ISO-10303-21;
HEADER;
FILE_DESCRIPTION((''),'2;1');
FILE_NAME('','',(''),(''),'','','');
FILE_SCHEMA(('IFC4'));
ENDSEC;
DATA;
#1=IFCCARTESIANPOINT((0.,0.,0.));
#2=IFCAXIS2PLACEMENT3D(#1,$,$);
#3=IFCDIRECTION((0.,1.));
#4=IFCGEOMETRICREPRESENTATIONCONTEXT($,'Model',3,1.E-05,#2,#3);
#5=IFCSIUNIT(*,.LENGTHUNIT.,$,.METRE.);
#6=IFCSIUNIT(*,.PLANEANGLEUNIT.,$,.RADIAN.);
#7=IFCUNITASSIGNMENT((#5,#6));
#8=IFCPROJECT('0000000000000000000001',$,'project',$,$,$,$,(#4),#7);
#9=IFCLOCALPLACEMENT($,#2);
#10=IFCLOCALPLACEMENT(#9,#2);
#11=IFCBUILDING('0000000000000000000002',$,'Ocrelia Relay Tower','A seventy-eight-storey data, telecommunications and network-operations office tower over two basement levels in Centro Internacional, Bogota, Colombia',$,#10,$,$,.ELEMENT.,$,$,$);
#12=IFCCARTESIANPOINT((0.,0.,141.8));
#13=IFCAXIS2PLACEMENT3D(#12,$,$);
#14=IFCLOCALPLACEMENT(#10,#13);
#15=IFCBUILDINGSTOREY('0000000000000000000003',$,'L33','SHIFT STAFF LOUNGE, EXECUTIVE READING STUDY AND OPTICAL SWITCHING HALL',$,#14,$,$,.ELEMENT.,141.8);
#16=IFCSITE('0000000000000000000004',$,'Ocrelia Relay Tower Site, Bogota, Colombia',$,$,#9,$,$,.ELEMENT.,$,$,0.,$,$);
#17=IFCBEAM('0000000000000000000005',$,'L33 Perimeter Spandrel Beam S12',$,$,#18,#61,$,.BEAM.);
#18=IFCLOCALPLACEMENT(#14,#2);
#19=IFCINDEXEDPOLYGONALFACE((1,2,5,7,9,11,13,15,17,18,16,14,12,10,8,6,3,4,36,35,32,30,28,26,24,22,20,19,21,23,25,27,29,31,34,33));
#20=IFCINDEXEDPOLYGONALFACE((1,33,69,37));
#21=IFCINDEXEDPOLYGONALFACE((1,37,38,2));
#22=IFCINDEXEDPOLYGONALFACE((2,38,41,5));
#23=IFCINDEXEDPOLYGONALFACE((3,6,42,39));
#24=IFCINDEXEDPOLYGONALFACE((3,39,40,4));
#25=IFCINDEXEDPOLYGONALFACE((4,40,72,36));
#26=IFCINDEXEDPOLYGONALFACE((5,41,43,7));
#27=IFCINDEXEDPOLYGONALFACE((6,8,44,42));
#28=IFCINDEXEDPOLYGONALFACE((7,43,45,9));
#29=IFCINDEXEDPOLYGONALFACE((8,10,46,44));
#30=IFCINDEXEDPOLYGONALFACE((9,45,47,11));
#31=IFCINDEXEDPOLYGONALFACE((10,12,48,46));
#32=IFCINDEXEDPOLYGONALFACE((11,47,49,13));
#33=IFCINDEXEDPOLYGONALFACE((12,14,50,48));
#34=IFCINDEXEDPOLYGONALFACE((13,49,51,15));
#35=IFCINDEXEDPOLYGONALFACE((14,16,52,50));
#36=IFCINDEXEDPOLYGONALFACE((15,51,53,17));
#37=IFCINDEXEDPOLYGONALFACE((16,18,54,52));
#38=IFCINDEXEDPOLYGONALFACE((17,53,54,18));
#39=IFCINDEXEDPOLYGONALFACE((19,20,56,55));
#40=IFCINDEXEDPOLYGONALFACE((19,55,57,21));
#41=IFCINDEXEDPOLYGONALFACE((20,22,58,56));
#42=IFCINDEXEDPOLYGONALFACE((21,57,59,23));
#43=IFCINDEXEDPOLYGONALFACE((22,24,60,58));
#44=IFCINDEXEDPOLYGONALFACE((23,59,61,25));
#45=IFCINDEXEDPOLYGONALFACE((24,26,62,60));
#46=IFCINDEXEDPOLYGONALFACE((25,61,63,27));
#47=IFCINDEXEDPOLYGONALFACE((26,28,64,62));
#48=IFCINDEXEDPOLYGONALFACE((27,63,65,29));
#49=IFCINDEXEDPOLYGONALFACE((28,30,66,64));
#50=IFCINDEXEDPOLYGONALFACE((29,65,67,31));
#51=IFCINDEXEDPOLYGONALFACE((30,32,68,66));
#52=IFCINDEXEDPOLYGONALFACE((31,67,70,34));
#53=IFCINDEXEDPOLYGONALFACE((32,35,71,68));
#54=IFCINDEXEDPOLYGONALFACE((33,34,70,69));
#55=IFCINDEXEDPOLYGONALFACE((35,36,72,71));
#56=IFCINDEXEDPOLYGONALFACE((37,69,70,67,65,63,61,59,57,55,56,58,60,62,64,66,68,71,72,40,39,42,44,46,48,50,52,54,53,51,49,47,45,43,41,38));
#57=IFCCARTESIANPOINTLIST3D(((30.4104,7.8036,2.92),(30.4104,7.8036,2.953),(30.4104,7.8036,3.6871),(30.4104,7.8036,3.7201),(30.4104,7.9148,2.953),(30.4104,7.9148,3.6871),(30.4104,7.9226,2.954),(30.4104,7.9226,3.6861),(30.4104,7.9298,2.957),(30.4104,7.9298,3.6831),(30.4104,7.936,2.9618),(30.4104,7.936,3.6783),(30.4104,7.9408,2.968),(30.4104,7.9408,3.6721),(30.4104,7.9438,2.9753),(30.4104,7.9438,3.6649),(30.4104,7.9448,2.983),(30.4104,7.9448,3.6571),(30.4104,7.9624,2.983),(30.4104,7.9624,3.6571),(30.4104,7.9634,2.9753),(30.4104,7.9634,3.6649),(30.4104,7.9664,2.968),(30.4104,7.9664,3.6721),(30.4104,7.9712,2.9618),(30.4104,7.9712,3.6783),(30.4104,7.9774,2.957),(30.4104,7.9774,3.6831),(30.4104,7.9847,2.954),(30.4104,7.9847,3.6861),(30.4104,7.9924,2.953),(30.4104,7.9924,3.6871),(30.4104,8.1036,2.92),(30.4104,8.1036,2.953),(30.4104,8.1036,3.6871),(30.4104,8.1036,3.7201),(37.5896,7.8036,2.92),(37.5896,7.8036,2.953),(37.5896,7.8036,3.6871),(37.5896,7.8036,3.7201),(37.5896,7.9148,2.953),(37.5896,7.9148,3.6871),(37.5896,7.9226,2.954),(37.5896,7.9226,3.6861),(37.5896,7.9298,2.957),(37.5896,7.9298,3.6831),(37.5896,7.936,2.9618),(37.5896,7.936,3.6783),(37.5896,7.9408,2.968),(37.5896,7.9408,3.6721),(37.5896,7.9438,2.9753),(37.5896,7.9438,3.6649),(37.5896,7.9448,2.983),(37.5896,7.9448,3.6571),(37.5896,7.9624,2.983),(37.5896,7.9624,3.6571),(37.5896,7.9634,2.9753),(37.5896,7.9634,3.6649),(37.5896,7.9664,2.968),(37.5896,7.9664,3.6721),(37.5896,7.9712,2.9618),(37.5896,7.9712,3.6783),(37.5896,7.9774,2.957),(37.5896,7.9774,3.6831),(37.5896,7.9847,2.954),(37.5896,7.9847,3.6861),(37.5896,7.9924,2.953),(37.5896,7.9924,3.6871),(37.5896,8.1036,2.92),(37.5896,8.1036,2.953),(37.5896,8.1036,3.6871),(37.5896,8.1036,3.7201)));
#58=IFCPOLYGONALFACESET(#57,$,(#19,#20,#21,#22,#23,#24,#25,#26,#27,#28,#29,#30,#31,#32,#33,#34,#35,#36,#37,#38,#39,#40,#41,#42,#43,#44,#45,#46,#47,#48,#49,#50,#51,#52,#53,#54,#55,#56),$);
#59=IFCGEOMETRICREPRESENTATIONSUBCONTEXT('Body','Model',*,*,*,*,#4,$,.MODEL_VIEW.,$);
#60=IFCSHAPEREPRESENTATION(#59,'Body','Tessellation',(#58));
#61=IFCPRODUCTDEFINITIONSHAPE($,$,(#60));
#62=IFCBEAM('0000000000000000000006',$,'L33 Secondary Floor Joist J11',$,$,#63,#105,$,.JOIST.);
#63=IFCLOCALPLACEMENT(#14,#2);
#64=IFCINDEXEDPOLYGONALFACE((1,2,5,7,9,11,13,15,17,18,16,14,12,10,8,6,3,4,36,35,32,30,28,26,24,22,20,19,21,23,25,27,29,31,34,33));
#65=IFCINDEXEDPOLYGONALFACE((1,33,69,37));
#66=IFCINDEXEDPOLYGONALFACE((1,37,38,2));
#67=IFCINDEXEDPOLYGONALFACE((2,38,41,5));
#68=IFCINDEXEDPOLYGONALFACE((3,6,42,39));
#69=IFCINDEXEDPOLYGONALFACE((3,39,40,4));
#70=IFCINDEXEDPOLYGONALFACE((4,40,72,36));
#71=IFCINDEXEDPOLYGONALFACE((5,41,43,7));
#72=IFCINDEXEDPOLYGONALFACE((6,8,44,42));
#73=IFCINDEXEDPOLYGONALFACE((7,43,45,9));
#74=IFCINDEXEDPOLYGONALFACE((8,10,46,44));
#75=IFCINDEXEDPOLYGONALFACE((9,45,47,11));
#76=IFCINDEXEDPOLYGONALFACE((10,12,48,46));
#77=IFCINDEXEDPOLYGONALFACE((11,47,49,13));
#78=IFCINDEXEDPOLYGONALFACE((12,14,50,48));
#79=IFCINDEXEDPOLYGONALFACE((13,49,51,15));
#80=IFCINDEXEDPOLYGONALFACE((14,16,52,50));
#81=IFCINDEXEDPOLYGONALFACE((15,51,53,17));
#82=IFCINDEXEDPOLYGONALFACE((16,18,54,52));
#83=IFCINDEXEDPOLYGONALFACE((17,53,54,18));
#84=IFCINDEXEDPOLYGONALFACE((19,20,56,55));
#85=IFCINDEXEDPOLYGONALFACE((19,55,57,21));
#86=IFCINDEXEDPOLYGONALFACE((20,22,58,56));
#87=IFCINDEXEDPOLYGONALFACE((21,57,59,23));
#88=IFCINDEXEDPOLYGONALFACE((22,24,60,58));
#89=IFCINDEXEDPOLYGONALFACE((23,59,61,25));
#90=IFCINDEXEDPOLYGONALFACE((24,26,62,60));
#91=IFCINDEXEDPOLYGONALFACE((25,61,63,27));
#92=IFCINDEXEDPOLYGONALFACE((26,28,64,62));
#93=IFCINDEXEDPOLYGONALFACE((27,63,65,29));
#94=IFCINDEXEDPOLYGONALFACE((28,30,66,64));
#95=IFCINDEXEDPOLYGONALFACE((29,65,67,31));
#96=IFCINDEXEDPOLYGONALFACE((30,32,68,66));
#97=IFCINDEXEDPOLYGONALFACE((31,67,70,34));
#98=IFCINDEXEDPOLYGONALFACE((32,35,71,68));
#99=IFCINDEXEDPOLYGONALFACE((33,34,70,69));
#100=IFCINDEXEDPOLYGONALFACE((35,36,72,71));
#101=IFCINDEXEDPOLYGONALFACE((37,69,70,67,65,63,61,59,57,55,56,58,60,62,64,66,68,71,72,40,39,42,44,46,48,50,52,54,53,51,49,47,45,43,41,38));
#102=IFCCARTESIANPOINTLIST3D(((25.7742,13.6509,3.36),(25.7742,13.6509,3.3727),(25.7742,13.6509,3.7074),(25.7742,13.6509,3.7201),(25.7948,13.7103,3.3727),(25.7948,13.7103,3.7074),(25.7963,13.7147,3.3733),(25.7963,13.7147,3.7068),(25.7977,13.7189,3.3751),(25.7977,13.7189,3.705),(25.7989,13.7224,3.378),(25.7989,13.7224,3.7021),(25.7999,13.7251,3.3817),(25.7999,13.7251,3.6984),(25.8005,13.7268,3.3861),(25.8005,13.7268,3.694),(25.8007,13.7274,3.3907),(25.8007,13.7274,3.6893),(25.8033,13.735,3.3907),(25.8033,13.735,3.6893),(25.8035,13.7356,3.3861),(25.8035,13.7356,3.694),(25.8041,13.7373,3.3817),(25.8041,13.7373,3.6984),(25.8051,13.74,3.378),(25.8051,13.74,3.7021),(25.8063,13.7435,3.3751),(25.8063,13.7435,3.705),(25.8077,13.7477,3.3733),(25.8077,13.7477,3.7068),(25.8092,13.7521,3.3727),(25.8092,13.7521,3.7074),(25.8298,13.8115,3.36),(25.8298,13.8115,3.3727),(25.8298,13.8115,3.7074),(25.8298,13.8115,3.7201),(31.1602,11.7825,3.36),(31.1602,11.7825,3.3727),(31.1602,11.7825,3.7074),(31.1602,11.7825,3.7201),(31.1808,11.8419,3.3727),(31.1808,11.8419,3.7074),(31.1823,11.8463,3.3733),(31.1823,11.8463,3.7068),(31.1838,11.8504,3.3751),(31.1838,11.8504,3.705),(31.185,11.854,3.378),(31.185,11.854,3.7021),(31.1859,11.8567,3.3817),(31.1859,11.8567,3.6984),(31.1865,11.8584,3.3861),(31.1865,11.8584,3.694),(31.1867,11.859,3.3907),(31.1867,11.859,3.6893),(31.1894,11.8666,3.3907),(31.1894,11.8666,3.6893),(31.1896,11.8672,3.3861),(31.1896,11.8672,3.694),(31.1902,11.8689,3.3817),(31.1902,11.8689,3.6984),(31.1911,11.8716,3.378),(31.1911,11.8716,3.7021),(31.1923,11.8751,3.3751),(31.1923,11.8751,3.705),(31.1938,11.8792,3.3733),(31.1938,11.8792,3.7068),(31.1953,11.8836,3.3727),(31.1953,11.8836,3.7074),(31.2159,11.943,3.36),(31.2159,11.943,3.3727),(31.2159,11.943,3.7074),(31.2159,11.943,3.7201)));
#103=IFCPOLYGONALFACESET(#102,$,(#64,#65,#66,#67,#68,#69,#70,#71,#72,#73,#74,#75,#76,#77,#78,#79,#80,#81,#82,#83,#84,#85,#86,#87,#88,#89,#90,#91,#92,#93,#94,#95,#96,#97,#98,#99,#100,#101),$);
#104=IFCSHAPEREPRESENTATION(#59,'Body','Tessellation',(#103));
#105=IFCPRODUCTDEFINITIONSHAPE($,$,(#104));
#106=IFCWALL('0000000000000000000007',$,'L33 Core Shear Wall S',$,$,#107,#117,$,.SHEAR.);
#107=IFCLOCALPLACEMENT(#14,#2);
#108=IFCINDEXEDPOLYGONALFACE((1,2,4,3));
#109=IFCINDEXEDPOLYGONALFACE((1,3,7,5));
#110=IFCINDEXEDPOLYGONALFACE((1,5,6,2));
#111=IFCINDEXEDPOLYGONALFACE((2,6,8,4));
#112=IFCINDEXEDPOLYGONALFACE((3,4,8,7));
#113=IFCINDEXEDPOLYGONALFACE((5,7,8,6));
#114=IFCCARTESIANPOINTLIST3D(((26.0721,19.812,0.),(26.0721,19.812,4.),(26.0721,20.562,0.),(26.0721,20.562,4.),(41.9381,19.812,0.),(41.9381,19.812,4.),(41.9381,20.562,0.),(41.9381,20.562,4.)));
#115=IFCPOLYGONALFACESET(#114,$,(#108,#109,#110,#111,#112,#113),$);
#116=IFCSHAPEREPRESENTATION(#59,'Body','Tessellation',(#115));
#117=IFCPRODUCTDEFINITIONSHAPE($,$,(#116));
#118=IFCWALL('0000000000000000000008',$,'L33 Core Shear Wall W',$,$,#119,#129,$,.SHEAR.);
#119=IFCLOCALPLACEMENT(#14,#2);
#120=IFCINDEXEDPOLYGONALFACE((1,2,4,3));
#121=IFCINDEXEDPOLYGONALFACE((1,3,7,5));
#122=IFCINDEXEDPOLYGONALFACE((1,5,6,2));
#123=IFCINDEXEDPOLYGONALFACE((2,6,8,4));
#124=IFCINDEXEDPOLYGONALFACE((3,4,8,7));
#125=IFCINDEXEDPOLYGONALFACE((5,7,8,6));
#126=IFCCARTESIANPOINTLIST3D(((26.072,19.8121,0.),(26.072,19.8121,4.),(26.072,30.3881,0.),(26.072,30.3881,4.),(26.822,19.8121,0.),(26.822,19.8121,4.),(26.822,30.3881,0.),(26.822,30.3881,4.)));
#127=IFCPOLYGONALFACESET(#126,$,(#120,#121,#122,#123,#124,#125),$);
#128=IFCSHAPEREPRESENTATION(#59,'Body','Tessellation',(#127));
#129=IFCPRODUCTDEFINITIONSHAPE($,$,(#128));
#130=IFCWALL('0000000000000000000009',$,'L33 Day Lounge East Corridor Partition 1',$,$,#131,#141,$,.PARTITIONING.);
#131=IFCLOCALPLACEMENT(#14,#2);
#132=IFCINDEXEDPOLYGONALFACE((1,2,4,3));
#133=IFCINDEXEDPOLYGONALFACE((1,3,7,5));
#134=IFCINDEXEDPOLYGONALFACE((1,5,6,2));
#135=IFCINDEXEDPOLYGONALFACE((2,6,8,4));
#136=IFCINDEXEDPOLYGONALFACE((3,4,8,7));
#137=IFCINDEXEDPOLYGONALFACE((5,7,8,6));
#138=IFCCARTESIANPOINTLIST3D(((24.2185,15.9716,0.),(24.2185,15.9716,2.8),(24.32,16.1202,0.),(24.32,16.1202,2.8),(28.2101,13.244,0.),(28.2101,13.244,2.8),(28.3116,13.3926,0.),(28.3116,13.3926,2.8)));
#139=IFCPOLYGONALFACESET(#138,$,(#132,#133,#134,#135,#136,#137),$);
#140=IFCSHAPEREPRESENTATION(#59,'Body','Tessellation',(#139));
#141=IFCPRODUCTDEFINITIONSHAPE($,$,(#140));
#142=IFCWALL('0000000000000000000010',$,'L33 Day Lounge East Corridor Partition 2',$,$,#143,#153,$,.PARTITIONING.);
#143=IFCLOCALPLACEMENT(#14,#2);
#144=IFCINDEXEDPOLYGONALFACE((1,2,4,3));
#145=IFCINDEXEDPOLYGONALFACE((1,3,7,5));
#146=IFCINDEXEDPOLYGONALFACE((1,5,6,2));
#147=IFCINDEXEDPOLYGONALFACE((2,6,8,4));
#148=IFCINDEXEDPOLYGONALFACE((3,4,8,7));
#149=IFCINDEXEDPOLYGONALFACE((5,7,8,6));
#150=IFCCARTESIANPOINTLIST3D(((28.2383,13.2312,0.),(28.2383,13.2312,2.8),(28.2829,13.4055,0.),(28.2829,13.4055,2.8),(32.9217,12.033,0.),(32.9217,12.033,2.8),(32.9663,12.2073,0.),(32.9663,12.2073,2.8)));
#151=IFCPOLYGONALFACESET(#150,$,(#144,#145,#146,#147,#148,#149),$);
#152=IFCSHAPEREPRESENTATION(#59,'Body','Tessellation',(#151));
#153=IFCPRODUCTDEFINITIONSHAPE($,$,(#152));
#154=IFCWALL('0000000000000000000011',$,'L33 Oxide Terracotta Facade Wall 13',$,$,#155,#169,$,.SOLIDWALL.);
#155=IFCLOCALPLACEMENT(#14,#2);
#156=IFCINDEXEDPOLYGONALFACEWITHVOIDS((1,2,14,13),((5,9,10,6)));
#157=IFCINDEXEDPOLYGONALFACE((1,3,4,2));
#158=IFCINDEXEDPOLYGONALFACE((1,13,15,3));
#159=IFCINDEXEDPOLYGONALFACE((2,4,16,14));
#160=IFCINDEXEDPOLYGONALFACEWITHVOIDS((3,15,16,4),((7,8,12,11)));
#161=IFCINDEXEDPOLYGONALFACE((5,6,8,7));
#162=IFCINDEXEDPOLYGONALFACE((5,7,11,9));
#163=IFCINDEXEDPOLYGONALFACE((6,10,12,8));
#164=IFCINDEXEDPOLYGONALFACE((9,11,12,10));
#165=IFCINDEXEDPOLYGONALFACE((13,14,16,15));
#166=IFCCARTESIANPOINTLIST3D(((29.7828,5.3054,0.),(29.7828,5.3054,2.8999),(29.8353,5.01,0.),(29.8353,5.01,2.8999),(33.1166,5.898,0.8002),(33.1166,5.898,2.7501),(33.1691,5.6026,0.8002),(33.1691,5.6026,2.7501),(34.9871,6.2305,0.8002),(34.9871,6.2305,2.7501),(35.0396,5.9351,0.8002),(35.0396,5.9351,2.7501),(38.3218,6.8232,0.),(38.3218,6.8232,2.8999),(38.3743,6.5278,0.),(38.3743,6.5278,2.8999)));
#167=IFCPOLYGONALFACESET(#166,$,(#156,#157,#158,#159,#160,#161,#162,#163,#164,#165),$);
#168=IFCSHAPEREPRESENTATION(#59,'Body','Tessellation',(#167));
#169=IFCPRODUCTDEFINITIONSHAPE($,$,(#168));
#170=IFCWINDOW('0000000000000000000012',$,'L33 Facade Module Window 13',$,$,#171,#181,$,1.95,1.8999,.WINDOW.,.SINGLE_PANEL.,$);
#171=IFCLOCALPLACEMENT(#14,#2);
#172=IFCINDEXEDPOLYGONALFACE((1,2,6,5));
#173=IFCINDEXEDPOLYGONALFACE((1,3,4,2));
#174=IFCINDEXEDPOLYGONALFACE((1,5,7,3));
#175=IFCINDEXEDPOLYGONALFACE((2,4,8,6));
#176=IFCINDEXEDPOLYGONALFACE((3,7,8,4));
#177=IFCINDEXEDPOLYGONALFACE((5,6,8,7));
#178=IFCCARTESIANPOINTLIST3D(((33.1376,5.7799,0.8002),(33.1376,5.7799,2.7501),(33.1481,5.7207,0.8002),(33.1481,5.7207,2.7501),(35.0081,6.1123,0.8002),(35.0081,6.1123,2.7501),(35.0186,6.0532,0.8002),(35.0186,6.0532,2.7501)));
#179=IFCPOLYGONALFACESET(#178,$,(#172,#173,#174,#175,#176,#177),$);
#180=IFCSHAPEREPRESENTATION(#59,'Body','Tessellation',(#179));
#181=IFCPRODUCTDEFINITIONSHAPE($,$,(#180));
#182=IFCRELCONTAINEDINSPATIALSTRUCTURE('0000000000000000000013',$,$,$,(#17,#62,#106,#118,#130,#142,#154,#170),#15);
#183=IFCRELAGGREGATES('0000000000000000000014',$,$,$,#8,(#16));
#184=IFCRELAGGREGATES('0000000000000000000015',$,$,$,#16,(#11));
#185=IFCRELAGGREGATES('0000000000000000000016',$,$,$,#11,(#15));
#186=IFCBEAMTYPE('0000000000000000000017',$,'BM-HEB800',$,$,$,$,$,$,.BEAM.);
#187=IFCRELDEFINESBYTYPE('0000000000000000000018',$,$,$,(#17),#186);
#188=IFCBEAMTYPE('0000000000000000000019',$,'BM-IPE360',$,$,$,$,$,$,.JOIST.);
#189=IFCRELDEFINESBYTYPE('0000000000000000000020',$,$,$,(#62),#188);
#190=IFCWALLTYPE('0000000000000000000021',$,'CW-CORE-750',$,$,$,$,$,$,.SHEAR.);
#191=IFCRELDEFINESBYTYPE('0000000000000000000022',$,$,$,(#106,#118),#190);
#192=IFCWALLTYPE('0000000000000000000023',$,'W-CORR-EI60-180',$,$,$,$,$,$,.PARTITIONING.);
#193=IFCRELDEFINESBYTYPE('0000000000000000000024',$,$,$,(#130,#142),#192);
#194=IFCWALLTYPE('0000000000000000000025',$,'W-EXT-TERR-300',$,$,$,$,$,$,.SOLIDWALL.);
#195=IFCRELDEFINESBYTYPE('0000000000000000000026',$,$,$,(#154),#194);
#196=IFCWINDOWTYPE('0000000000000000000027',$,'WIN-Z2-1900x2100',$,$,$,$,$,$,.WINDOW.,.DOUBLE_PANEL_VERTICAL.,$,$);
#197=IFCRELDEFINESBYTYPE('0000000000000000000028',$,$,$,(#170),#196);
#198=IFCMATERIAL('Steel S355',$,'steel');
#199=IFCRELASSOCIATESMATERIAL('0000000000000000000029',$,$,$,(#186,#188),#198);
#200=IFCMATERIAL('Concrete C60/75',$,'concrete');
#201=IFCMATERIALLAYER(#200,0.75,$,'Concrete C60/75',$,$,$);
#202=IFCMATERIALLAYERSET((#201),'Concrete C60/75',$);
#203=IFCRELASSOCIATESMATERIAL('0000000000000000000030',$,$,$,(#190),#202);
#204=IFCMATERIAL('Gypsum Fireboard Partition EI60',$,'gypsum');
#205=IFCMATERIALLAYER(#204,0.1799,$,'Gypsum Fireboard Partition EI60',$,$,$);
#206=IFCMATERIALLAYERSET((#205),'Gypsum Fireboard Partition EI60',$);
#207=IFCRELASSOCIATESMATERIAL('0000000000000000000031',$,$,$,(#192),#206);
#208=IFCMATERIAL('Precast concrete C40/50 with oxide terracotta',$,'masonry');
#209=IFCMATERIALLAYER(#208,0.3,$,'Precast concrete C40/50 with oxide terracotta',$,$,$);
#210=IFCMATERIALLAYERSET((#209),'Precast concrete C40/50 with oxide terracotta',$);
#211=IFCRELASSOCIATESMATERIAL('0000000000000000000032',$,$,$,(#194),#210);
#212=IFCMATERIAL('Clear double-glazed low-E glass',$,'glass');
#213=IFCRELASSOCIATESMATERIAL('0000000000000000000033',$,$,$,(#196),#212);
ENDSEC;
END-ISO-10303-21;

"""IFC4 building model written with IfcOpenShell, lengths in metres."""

from ifc_helpers import new_model, si_unit, direction, frame, frame_2d, origin, origin_2d, place, context, subcontext, project, spatial, rectangle, i_section, extrude, material, layer, layer_set, material_profile, profile_set, type_object, element, fill, save


model = new_model("IFC4")

# Units and contexts
model_context = context("Model", 3, precision=1e-05, world=origin(), true_north=direction((0.0, 1.0)))
body_context = subcontext(model_context, "Body", "Model", "MODEL_VIEW")
ifc_project = project(units=[si_unit("LENGTHUNIT", "METRE"), si_unit("PLANEANGLEUNIT", "RADIAN")], contexts=[model_context])

# Site, building, storey
site_placement = place(None, origin())
site = spatial("IfcSite", under=ifc_project, at=site_placement, Name="Ocrelia Relay Tower Site, Bogota, Colombia", CompositionType="ELEMENT", RefElevation=0.0)
building_placement = place(site_placement, origin())
building = spatial("IfcBuilding", under=site, at=building_placement, Name="Ocrelia Relay Tower", Description="A seventy-eight-storey data, telecommunications and network-operations office tower over two basement levels in Centro Internacional, Bogota, Colombia", CompositionType="ELEMENT")
storey_placement = place(building_placement, frame((0.0, 0.0, 141.8)))
storey = spatial("IfcBuildingStorey", under=building, at=storey_placement, Name="L33", Description="SHIFT STAFF LOUNGE, EXECUTIVE READING STUDY AND OPTICAL SWITCHING HALL", CompositionType="ELEMENT", Elevation=141.8)

# Shared definitions
ifc_material_1 = material(Name="Concrete C60/75", Category="concrete")

# Beams
ifc_material_2 = material(Name="Steel S355", Category="steel")
ifc_material_profile_1 = material_profile(ifc_material_2, i_section(OverallWidth=0.3, OverallDepth=0.8, WebThickness=0.0176, FlangeThickness=0.033, FilletRadius=0.03, at=origin_2d()), Name="HEB 800")
ifc_profile_set_1 = profile_set([ifc_material_profile_1], Name="Steel S355")
beam_type_1 = type_object("IfcBeamType", Name="BM-HEB800", PredefinedType="BEAM", material=ifc_profile_set_1)
for number, where, z_axis, x_axis, name in (
    (1, (30.4104, 7.9536, 3.3201), (1.0, 0.0, 0.0), (0.0, 1.0, 0.0), "L33 Perimeter Spandrel Beam S12"),
):
    element("IfcBeam", number, at=place(storey_placement, frame(where, z_axis=z_axis, x_axis=x_axis)), inside=storey, type_object=beam_type_1, Name=name, PredefinedType="BEAM", context=body_context, shape_type="SweptSolid", body=[
        extrude(i_section(OverallWidth=0.3, OverallDepth=0.8, WebThickness=0.0176, FlangeThickness=0.033, FilletRadius=0.03, at=origin_2d()), origin(), (0.0, 0.0, 1.0), 7.1792),
    ])
ifc_material_profile_2 = material_profile(ifc_material_2, i_section(OverallWidth=0.1699, OverallDepth=0.3601, WebThickness=0.0081, FlangeThickness=0.0127, FilletRadius=0.0181, at=origin_2d()), Name="IPE 360")
ifc_profile_set_2 = profile_set([ifc_material_profile_2], Name="Steel S355")
beam_type_2 = type_object("IfcBeamType", Name="BM-IPE360", PredefinedType="JOIST", material=ifc_profile_set_2)
beam_1_placement = place(storey_placement, frame((25.802, 13.7312, 3.54), z_axis=(0.944767, -0.327741, 0.0), x_axis=(0.327741, 0.944767, 0.0)))
element("IfcBeam", 2, at=beam_1_placement, inside=storey, type_object=beam_type_2, Name="L33 Secondary Floor Joist J11", PredefinedType="JOIST", context=body_context, shape_type="SweptSolid", body=[
    extrude(i_section(OverallWidth=0.1699, OverallDepth=0.3601, WebThickness=0.0081, FlangeThickness=0.0127, FilletRadius=0.0181, at=origin_2d()), origin(), (0.0, 0.0, 1.0), 5.7009),
])

# Walls
ifc_layer_1 = layer(ifc_material_1, 0.75, Name="Concrete C60/75")
ifc_layer_set_1 = layer_set([ifc_layer_1], Name="Concrete C60/75")
wall_type_1 = type_object("IfcWallType", Name="CW-CORE-750", PredefinedType="SHEAR", material=ifc_layer_set_1)
wall_1_placement = place(storey_placement, frame((26.072, 20.187, 0.0), z_axis=(0.0, 0.0, 1.0), x_axis=(1.0, 0.0, 0.0)))
element("IfcWall", 3, at=wall_1_placement, inside=storey, type_object=wall_type_1, Name="L33 Core Shear Wall S", PredefinedType="SHEAR", context=body_context, shape_type="SweptSolid", body=[
    extrude(rectangle(XDim=15.866, YDim=0.75, at=frame_2d((7.9331, 0.0))), origin(), (0.0, 0.0, 1.0), 4.0),
])
wall_2_placement = place(storey_placement, frame((26.447, 19.812, 0.0), z_axis=(0.0, 0.0, 1.0), x_axis=(0.0, 1.0, 0.0)))
element("IfcWall", 4, at=wall_2_placement, inside=storey, type_object=wall_type_1, Name="L33 Core Shear Wall W", PredefinedType="SHEAR", context=body_context, shape_type="SweptSolid", body=[
    extrude(rectangle(XDim=10.5759, YDim=0.75, at=frame_2d((5.2881, 0.0))), origin(), (0.0, 0.0, 1.0), 4.0),
])
ifc_material_3 = material(Name="Gypsum Fireboard Partition EI60", Category="gypsum")
ifc_layer_2 = layer(ifc_material_3, 0.1799, Name="Gypsum Fireboard Partition EI60")
ifc_layer_set_2 = layer_set([ifc_layer_2], Name="Gypsum Fireboard Partition EI60")
wall_type_2 = type_object("IfcWallType", Name="W-CORR-EI60-180", PredefinedType="PARTITIONING", material=ifc_layer_set_2)
wall_3_placement = place(storey_placement, frame((24.2693, 16.0459, 0.0), z_axis=(0.0, 0.0, 1.0), x_axis=(0.82564, -0.564197, 0.0)))
element("IfcWall", 5, at=wall_3_placement, inside=storey, type_object=wall_type_2, Name="L33 Day Lounge East Corridor Partition 1", PredefinedType="PARTITIONING", context=body_context, shape_type="SweptSolid", body=[
    extrude(rectangle(XDim=4.8345, YDim=0.1799, at=frame_2d((2.4172, 0.0))), origin(), (0.0, 0.0, 1.0), 2.8),
])
wall_4_placement = place(storey_placement, frame((28.2607, 13.3184, 0.0), z_axis=(0.0, 0.0, 1.0), x_axis=(0.968794, -0.247867, 0.0)))
element("IfcWall", 6, at=wall_4_placement, inside=storey, type_object=wall_type_2, Name="L33 Day Lounge East Corridor Partition 2", PredefinedType="PARTITIONING", context=body_context, shape_type="SweptSolid", body=[
    extrude(rectangle(XDim=4.8342, YDim=0.1799, at=frame_2d((2.417, 0.0))), origin(), (0.0, 0.0, 1.0), 2.8),
])

# Wall, opening, window
ifc_material_4 = material(Name="Precast concrete C40/50 with oxide terracotta", Category="masonry")
ifc_layer_3 = layer(ifc_material_4, 0.3, Name="Precast concrete C40/50 with oxide terracotta")
ifc_layer_set_3 = layer_set([ifc_layer_3], Name="Precast concrete C40/50 with oxide terracotta")
wall_type_3 = type_object("IfcWallType", Name="W-EXT-TERR-300", PredefinedType="SOLIDWALL", material=ifc_layer_set_3)
wall_5_placement = place(storey_placement, frame((29.8091, 5.1577, 0.0), z_axis=(0.0, 0.0, 1.0), x_axis=(0.984567, 0.175007, 0.0)))
wall_5 = element("IfcWall", 7, at=wall_5_placement, inside=storey, type_object=wall_type_3, Name="L33 Oxide Terracotta Facade Wall 13", PredefinedType="SOLIDWALL", context=body_context, shape_type="SweptSolid", body=[
    extrude(rectangle(XDim=8.6729, YDim=0.3, at=frame_2d((4.3364, 0.0))), origin(), (0.0, 0.0, 1.0), 2.8999),
])
opening_placement = place(wall_5_placement, frame((3.386, 0.0, 0.8)))
opening = element("IfcOpeningElement", 8, at=opening_placement, cuts=wall_5, PredefinedType="OPENING", context=body_context, shape_type="SweptSolid", body=[
    extrude(rectangle(XDim=1.8999, YDim=1.95, at=frame_2d((0.95, 0.9751))), frame((0.0, 0.1602, 0.0), z_axis=(0.0, -1.0, 0.0), x_axis=(1.0, 0.0, 0.0)), (0.0, 0.0, 1.0), 0.3201),
])
ifc_material_5 = material(Name="Clear double-glazed low-E glass", Category="glass")
window_type = type_object("IfcWindowType", Name="WIN-Z2-1900x2100", PartitioningType="DOUBLE_PANEL_VERTICAL", PredefinedType="WINDOW", material=ifc_material_5)
window_placement = place(opening_placement, origin())
window = element("IfcWindow", 9, at=window_placement, inside=storey, type_object=window_type, Name="L33 Facade Module Window 13", OverallHeight=1.95, OverallWidth=1.8999, PartitioningType="SINGLE_PANEL", PredefinedType="WINDOW", context=body_context, shape_type="SweptSolid", body=[
    extrude(rectangle(XDim=1.8999, YDim=1.95, at=frame_2d((0.95, 0.9751))), frame((0.0, 0.03, 0.0), z_axis=(0.0, -1.0, 0.0), x_axis=(1.0, 0.0, 0.0)), (0.0, 0.0, 1.0), 0.0601),
])
fill(opening, window)

save(model, "model.ifc")
